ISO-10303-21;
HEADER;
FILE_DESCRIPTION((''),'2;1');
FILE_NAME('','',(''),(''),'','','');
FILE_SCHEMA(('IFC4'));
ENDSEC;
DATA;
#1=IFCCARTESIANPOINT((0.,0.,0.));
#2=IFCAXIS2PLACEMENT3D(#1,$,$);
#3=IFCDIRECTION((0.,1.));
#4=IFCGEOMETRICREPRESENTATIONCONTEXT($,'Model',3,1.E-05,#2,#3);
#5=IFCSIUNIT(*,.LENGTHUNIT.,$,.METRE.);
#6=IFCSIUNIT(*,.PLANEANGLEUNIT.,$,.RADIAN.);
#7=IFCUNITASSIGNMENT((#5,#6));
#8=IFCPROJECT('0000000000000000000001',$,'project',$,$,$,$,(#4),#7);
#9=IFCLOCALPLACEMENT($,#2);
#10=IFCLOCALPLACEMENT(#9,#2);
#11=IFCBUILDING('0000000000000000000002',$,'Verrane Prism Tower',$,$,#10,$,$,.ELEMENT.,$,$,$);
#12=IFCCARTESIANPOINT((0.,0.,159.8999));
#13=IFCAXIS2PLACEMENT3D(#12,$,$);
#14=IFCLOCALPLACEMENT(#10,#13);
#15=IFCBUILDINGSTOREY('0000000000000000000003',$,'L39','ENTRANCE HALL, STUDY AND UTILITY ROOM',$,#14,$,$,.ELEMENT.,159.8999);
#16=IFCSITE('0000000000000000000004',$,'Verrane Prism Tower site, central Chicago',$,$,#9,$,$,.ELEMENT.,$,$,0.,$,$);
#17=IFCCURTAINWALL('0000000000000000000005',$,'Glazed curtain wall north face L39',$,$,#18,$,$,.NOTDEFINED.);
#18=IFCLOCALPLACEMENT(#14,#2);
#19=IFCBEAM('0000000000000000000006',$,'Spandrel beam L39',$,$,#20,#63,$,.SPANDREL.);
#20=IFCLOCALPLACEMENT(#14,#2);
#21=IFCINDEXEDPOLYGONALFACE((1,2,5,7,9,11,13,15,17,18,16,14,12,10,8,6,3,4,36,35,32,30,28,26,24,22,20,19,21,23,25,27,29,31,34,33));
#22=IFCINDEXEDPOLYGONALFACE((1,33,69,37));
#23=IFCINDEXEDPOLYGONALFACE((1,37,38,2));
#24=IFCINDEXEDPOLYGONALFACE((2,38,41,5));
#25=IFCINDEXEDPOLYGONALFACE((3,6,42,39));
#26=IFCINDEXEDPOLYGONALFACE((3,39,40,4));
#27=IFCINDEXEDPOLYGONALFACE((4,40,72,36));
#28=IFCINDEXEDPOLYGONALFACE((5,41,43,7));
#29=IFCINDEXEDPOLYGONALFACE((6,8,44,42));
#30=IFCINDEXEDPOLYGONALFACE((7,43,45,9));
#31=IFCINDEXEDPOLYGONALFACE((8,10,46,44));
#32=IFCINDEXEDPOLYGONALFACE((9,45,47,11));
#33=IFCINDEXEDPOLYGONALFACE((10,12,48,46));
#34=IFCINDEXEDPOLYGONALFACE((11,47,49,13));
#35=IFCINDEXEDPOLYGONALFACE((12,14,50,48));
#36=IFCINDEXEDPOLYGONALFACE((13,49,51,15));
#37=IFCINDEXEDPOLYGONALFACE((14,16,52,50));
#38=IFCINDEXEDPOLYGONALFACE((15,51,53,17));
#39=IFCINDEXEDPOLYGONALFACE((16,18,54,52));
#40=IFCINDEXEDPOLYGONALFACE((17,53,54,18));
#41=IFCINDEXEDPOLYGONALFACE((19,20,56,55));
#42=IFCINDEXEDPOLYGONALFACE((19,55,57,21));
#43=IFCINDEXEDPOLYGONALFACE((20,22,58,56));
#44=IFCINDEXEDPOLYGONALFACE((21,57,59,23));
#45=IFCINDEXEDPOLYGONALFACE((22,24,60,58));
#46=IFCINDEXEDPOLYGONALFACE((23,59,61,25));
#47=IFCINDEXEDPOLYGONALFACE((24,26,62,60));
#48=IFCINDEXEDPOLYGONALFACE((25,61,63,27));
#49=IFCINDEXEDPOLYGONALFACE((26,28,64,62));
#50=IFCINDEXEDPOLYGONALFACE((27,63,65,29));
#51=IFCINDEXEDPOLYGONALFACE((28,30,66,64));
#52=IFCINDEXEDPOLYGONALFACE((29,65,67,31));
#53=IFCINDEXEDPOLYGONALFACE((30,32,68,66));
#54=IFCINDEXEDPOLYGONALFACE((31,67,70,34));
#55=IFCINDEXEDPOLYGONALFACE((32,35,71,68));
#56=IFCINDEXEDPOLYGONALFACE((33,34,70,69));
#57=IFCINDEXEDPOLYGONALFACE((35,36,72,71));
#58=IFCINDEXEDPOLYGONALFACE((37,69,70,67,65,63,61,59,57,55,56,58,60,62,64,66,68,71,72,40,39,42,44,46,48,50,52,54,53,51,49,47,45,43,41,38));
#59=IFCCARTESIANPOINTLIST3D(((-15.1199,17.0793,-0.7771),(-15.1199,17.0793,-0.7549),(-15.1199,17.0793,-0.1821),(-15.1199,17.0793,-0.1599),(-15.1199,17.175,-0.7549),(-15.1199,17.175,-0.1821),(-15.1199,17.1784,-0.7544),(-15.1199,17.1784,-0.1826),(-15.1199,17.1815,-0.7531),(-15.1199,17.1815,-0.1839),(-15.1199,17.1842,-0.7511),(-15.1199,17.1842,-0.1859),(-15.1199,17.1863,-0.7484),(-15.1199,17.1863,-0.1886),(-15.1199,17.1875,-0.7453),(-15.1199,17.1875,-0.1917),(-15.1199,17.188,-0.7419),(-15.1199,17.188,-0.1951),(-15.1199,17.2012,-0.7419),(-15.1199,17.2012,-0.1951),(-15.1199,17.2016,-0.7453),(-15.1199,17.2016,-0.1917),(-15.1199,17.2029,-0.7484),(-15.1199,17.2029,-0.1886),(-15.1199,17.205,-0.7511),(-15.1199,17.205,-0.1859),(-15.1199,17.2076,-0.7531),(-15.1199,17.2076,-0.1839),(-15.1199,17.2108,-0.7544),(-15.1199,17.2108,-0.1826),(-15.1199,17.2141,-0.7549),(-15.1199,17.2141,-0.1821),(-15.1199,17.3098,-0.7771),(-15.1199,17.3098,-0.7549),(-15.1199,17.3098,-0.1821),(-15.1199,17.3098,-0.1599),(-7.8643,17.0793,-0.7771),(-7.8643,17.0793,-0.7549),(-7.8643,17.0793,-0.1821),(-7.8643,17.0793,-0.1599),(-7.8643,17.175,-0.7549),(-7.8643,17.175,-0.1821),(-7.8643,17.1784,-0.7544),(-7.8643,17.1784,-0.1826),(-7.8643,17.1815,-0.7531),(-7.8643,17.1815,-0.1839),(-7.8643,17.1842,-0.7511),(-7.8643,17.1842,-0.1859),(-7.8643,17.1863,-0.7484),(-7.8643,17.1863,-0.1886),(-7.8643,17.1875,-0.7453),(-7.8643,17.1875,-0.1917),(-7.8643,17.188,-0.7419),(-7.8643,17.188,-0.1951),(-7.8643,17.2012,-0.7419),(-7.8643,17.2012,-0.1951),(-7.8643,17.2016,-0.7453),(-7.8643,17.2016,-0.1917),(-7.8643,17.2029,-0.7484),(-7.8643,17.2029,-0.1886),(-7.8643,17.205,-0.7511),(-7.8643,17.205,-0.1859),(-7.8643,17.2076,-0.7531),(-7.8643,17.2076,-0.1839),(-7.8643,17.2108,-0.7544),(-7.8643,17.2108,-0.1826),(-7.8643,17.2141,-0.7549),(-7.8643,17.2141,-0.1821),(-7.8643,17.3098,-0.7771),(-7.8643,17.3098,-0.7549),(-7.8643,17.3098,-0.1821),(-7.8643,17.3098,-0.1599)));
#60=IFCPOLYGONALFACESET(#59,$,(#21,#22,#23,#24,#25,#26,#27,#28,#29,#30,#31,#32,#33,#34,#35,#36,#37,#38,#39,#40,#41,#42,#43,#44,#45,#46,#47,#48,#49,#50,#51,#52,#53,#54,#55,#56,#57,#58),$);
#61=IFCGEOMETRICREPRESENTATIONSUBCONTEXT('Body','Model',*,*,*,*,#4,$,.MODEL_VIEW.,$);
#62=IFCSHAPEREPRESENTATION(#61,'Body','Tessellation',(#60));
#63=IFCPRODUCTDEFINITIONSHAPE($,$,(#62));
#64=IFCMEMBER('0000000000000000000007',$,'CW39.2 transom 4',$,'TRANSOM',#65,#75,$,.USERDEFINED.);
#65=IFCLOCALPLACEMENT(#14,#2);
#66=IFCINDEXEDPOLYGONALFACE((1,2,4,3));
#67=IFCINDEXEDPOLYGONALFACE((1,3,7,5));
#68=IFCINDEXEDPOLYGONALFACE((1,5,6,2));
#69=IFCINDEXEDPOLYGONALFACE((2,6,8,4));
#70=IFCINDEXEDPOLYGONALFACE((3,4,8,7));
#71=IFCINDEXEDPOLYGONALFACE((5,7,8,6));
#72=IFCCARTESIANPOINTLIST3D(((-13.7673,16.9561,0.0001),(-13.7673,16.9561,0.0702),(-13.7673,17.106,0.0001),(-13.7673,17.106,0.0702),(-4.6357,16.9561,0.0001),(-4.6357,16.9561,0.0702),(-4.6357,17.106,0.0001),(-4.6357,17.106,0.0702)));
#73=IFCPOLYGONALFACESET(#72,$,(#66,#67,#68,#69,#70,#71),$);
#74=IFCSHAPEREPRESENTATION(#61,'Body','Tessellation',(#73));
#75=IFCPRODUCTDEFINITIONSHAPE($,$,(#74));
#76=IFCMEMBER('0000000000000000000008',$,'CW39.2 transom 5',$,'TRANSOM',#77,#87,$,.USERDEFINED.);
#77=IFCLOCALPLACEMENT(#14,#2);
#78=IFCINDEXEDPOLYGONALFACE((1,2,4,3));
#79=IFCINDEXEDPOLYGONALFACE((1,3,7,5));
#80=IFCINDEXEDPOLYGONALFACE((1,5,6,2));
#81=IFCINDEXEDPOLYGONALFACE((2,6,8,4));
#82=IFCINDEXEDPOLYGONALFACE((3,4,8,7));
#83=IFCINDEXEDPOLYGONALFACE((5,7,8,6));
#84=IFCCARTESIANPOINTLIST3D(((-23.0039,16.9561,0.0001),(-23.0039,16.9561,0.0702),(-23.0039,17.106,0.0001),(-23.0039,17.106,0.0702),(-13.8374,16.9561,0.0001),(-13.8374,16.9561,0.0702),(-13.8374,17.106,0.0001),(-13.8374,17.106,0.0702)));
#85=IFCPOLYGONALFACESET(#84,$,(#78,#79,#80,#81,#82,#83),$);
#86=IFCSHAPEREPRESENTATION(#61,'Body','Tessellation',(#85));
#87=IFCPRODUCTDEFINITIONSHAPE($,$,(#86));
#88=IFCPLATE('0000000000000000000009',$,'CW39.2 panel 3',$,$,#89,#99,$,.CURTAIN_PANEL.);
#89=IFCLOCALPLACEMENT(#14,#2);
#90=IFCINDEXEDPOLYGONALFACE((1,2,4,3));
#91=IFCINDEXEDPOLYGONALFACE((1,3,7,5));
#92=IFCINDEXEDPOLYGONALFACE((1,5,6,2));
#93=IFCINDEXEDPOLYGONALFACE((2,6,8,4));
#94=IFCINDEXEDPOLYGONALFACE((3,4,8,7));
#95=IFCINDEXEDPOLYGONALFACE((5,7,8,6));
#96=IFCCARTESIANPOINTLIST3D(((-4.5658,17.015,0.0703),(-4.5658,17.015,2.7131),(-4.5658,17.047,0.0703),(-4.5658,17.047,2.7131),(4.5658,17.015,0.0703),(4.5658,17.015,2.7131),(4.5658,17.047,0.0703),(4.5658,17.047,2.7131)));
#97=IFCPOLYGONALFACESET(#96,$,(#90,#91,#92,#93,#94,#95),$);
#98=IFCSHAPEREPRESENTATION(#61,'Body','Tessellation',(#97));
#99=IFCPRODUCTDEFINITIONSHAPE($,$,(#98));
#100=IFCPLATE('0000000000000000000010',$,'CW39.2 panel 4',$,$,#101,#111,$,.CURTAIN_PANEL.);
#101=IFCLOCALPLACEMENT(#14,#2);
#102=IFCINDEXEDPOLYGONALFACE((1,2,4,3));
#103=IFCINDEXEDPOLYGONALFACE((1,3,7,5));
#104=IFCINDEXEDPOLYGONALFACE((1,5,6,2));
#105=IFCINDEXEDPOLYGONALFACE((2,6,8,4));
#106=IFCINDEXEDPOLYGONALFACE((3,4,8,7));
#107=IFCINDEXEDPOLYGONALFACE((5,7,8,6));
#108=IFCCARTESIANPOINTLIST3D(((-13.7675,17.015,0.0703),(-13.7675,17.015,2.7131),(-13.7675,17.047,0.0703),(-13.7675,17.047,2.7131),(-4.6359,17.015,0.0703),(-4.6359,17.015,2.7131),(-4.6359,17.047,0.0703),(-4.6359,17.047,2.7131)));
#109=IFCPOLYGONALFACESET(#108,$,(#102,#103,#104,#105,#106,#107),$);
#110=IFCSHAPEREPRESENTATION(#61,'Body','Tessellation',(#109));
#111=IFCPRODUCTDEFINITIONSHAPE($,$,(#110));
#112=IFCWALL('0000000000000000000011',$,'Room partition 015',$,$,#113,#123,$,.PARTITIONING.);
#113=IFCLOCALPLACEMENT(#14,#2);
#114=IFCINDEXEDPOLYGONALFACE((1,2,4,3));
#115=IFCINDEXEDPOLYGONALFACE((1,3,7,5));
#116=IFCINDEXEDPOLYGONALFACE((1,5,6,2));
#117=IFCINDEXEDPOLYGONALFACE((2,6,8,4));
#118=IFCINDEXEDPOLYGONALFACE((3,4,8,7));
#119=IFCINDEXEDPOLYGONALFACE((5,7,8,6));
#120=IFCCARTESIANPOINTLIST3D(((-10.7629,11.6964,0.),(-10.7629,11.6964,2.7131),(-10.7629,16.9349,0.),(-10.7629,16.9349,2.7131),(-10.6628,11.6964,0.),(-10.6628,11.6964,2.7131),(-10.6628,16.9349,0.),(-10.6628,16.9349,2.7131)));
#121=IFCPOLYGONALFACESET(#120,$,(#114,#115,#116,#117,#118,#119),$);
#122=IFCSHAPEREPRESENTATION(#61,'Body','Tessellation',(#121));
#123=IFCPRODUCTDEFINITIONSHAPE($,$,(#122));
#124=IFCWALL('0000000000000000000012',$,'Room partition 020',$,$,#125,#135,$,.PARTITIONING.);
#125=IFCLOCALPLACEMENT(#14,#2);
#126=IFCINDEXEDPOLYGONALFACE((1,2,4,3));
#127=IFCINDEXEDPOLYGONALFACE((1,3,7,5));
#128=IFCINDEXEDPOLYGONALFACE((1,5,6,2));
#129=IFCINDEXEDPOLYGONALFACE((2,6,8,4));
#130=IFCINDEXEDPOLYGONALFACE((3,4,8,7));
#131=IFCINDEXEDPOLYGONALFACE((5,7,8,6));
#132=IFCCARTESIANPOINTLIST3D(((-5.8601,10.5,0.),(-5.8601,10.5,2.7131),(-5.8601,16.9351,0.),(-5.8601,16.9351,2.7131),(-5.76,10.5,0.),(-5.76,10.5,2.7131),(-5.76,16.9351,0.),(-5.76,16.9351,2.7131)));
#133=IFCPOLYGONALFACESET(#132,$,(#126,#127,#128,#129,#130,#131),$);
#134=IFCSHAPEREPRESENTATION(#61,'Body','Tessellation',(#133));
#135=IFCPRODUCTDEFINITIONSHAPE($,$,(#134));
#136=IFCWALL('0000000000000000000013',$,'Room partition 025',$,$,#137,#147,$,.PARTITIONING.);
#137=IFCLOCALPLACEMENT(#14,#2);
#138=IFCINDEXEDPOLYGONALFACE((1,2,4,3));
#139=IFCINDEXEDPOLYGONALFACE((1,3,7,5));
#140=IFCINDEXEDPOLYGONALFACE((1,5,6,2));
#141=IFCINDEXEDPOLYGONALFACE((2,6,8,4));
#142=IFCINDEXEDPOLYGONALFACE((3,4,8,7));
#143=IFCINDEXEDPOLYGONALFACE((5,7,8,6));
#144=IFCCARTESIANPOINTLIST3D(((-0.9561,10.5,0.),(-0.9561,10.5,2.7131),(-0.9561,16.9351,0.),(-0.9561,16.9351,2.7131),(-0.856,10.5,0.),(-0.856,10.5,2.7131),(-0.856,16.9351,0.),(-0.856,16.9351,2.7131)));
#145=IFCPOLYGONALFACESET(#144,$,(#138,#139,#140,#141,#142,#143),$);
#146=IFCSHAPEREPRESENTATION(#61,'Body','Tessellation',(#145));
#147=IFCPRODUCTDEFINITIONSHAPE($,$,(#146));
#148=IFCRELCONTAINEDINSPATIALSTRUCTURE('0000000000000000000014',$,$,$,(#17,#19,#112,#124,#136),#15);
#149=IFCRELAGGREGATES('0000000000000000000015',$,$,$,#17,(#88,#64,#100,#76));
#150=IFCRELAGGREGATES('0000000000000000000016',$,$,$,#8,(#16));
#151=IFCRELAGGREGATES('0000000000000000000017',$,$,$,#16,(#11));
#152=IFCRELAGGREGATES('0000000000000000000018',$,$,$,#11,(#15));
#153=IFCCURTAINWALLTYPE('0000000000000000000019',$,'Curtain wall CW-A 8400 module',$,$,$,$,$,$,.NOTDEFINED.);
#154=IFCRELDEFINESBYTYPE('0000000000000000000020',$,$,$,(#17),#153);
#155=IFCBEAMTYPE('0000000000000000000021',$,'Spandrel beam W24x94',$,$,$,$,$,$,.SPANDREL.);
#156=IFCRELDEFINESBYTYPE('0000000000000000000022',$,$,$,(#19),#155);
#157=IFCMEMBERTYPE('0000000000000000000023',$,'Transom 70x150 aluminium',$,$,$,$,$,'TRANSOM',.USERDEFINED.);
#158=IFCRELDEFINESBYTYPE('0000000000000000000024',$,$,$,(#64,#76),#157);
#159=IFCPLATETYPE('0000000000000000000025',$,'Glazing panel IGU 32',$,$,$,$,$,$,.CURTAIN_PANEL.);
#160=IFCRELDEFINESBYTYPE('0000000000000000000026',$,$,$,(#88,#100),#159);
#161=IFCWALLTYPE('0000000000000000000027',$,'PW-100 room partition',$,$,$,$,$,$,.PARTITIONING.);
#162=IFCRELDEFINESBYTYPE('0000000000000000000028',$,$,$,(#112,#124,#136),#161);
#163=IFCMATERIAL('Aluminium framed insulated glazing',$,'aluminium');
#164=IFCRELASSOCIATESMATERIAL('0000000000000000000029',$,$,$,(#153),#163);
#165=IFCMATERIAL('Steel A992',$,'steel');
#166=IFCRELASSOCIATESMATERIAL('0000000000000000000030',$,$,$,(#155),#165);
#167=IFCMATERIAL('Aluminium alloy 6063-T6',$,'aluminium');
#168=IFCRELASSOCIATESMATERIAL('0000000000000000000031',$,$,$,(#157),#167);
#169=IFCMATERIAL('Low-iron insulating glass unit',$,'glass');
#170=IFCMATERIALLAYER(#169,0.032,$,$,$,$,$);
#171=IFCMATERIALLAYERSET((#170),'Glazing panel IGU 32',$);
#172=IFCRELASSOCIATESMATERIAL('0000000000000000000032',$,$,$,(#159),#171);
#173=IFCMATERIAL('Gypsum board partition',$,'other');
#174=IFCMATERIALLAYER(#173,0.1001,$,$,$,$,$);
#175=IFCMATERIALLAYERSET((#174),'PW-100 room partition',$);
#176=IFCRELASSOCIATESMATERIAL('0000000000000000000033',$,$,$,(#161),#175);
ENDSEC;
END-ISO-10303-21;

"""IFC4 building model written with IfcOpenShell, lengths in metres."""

from ifc_helpers import new_model, si_unit, direction, frame, frame_2d, origin, origin_2d, place, context, subcontext, project, spatial, rectangle, i_section, extrude, material, layer, layer_set, material_profile, profile_set, type_object, element, aggregate, save


model = new_model("IFC4")

# Units and contexts
model_context = context("Model", 3, precision=1e-05, world=origin(), true_north=direction((0.0, 1.0)))
body_context = subcontext(model_context, "Body", "Model", "MODEL_VIEW")
ifc_project = project(units=[si_unit("LENGTHUNIT", "METRE"), si_unit("PLANEANGLEUNIT", "RADIAN")], contexts=[model_context])

# Site, building, storey
site_placement = place(None, origin())
site = spatial("IfcSite", under=ifc_project, at=site_placement, Name="Verrane Prism Tower site, central Chicago", CompositionType="ELEMENT", RefElevation=0.0)
building_placement = place(site_placement, origin())
building = spatial("IfcBuilding", under=site, at=building_placement, Name="Verrane Prism Tower", CompositionType="ELEMENT")
storey_placement = place(building_placement, frame((0.0, 0.0, 159.8999)))
storey = spatial("IfcBuildingStorey", under=building, at=storey_placement, Name="L39", Description="ENTRANCE HALL, STUDY AND UTILITY ROOM", CompositionType="ELEMENT", Elevation=159.8999)

# Curtain wall
ifc_material_1 = material(Name="Aluminium framed insulated glazing", Category="aluminium")
curtain_wall_type = type_object("IfcCurtainWallType", Name="Curtain wall CW-A 8400 module", PredefinedType="NOTDEFINED", material=ifc_material_1)
curtain_wall_placement = place(storey_placement, origin())
curtain_wall = element("IfcCurtainWall", 1, at=curtain_wall_placement, inside=storey, type_object=curtain_wall_type, Name="Glazed curtain wall north face L39", PredefinedType="NOTDEFINED")

# Beam
ifc_material_2 = material(Name="Steel A992", Category="steel")
ifc_material_profile_1 = material_profile(ifc_material_2, i_section(OverallWidth=0.2305, OverallDepth=0.6172, WebThickness=0.0132, FlangeThickness=0.0222, FilletRadius=0.0129, at=origin_2d()), Name="W24x94")
ifc_profile_set_1 = profile_set([ifc_material_profile_1], Name="Steel A992")
beam_type_1 = type_object("IfcBeamType", Name="Spandrel beam W24x94", PredefinedType="SPANDREL", material=ifc_profile_set_1)
beam_1_placement = place(storey_placement, frame((-7.8643, 17.1946, -0.4685), z_axis=(-1.0, 0.0, 0.0), x_axis=(0.0, -1.0, 0.0)))
element("IfcBeam", 2, at=beam_1_placement, inside=storey, type_object=beam_type_1, Name="Spandrel beam L39", PredefinedType="SPANDREL", context=body_context, shape_type="SweptSolid", body=[
    extrude(i_section(OverallWidth=0.2305, OverallDepth=0.6172, WebThickness=0.0132, FlangeThickness=0.0222, FilletRadius=0.0129, at=origin_2d()), origin(), (0.0, 0.0, 1.0), 7.2556),
])

# Members
ifc_material_3 = material(Name="Aluminium alloy 6063-T6", Category="aluminium")
ifc_material_profile_2 = material_profile(ifc_material_3, rectangle(XDim=0.1499, YDim=0.0701, at=origin_2d()), Name="Transom 70x150 aluminium")
ifc_profile_set_2 = profile_set([ifc_material_profile_2], Name="Aluminium alloy 6063-T6")
member_type_1 = type_object("IfcMemberType", Name="Transom 70x150 aluminium", ElementType="TRANSOM", PredefinedType="USERDEFINED", material=ifc_profile_set_2)
member_1_placement = place(storey_placement, frame((-4.6357, 17.031, 0.0352), z_axis=(-1.0, 0.0, 0.0), x_axis=(0.0, -1.0, 0.0)))
member_1 = element("IfcMember", 3, at=member_1_placement, type_object=member_type_1, Name="CW39.2 transom 4", ObjectType="TRANSOM", PredefinedType="USERDEFINED", context=body_context, shape_type="SweptSolid", body=[
    extrude(rectangle(XDim=0.1499, YDim=0.0701, at=origin_2d()), origin(), (0.0, 0.0, 1.0), 9.1316),
])
member_2_placement = place(storey_placement, frame((-13.8374, 17.031, 0.0352), z_axis=(-1.0, 0.0, 0.0), x_axis=(0.0, -1.0, 0.0)))
member_2 = element("IfcMember", 4, at=member_2_placement, type_object=member_type_1, Name="CW39.2 transom 5", ObjectType="TRANSOM", PredefinedType="USERDEFINED", context=body_context, shape_type="SweptSolid", body=[
    extrude(rectangle(XDim=0.1499, YDim=0.0701, at=origin_2d()), origin(), (0.0, 0.0, 1.0), 9.1665),
])

# Plates
ifc_material_4 = material(Name="Low-iron insulating glass unit", Category="glass")
ifc_layer_1 = layer(ifc_material_4, 0.032)
ifc_layer_set_1 = layer_set([ifc_layer_1], Name="Glazing panel IGU 32")
plate_type = type_object("IfcPlateType", Name="Glazing panel IGU 32", PredefinedType="CURTAIN_PANEL", material=ifc_layer_set_1)
plate_1_placement = place(storey_placement, frame((0.0, 17.031, 0.0703), z_axis=(0.0, 0.0, 1.0), x_axis=(-1.0, 0.0, 0.0)))
plate_1 = element("IfcPlate", 5, at=plate_1_placement, type_object=plate_type, Name="CW39.2 panel 3", PredefinedType="CURTAIN_PANEL", context=body_context, shape_type="SweptSolid", body=[
    extrude(rectangle(XDim=9.1316, YDim=0.032, at=origin_2d()), origin(), (0.0, 0.0, 1.0), 2.6428),
])
plate_2_placement = place(storey_placement, frame((-9.2017, 17.031, 0.0703), z_axis=(0.0, 0.0, 1.0), x_axis=(-1.0, 0.0, 0.0)))
plate_2 = element("IfcPlate", 6, at=plate_2_placement, type_object=plate_type, Name="CW39.2 panel 4", PredefinedType="CURTAIN_PANEL", context=body_context, shape_type="SweptSolid", body=[
    extrude(rectangle(XDim=9.1316, YDim=0.032, at=origin_2d()), origin(), (0.0, 0.0, 1.0), 2.6428),
])
aggregate(curtain_wall, [plate_1, member_1, plate_2, member_2])

# Walls
ifc_material_5 = material(Name="Gypsum board partition", Category="other")
ifc_layer_2 = layer(ifc_material_5, 0.1001)
ifc_layer_set_2 = layer_set([ifc_layer_2], Name="PW-100 room partition")
wall_type_1 = type_object("IfcWallType", Name="PW-100 room partition", PredefinedType="PARTITIONING", material=ifc_layer_set_2)
wall_1_placement = place(storey_placement, frame((-10.7129, 11.6965, 0.0), z_axis=(0.0, 0.0, 1.0), x_axis=(0.0, 1.0, 0.0)))
element("IfcWall", 7, at=wall_1_placement, inside=storey, type_object=wall_type_1, Name="Room partition 015", PredefinedType="PARTITIONING", context=body_context, shape_type="SweptSolid", body=[
    extrude(rectangle(XDim=5.2385, YDim=0.1001, at=frame_2d((2.6191, 0.0))), origin(), (0.0, 0.0, 1.0), 2.7131),
])
for number, where, z_axis, x_axis, name in (
    (8, (-5.8101, 10.5, 0.0), (0.0, 0.0, 1.0), (0.0, 1.0, 0.0), "Room partition 020"),
    (9, (-0.906, 10.5, 0.0), (0.0, 0.0, 1.0), (0.0, 1.0, 0.0), "Room partition 025"),
):
    element("IfcWall", number, at=place(storey_placement, frame(where, z_axis=z_axis, x_axis=x_axis)), inside=storey, type_object=wall_type_1, Name=name, PredefinedType="PARTITIONING", context=body_context, shape_type="SweptSolid", body=[
        extrude(rectangle(XDim=6.4351, YDim=0.1001, at=frame_2d((3.2175, 0.0))), origin(), (0.0, 0.0, 1.0), 2.7131),
    ])

save(model, "model.ifc")
